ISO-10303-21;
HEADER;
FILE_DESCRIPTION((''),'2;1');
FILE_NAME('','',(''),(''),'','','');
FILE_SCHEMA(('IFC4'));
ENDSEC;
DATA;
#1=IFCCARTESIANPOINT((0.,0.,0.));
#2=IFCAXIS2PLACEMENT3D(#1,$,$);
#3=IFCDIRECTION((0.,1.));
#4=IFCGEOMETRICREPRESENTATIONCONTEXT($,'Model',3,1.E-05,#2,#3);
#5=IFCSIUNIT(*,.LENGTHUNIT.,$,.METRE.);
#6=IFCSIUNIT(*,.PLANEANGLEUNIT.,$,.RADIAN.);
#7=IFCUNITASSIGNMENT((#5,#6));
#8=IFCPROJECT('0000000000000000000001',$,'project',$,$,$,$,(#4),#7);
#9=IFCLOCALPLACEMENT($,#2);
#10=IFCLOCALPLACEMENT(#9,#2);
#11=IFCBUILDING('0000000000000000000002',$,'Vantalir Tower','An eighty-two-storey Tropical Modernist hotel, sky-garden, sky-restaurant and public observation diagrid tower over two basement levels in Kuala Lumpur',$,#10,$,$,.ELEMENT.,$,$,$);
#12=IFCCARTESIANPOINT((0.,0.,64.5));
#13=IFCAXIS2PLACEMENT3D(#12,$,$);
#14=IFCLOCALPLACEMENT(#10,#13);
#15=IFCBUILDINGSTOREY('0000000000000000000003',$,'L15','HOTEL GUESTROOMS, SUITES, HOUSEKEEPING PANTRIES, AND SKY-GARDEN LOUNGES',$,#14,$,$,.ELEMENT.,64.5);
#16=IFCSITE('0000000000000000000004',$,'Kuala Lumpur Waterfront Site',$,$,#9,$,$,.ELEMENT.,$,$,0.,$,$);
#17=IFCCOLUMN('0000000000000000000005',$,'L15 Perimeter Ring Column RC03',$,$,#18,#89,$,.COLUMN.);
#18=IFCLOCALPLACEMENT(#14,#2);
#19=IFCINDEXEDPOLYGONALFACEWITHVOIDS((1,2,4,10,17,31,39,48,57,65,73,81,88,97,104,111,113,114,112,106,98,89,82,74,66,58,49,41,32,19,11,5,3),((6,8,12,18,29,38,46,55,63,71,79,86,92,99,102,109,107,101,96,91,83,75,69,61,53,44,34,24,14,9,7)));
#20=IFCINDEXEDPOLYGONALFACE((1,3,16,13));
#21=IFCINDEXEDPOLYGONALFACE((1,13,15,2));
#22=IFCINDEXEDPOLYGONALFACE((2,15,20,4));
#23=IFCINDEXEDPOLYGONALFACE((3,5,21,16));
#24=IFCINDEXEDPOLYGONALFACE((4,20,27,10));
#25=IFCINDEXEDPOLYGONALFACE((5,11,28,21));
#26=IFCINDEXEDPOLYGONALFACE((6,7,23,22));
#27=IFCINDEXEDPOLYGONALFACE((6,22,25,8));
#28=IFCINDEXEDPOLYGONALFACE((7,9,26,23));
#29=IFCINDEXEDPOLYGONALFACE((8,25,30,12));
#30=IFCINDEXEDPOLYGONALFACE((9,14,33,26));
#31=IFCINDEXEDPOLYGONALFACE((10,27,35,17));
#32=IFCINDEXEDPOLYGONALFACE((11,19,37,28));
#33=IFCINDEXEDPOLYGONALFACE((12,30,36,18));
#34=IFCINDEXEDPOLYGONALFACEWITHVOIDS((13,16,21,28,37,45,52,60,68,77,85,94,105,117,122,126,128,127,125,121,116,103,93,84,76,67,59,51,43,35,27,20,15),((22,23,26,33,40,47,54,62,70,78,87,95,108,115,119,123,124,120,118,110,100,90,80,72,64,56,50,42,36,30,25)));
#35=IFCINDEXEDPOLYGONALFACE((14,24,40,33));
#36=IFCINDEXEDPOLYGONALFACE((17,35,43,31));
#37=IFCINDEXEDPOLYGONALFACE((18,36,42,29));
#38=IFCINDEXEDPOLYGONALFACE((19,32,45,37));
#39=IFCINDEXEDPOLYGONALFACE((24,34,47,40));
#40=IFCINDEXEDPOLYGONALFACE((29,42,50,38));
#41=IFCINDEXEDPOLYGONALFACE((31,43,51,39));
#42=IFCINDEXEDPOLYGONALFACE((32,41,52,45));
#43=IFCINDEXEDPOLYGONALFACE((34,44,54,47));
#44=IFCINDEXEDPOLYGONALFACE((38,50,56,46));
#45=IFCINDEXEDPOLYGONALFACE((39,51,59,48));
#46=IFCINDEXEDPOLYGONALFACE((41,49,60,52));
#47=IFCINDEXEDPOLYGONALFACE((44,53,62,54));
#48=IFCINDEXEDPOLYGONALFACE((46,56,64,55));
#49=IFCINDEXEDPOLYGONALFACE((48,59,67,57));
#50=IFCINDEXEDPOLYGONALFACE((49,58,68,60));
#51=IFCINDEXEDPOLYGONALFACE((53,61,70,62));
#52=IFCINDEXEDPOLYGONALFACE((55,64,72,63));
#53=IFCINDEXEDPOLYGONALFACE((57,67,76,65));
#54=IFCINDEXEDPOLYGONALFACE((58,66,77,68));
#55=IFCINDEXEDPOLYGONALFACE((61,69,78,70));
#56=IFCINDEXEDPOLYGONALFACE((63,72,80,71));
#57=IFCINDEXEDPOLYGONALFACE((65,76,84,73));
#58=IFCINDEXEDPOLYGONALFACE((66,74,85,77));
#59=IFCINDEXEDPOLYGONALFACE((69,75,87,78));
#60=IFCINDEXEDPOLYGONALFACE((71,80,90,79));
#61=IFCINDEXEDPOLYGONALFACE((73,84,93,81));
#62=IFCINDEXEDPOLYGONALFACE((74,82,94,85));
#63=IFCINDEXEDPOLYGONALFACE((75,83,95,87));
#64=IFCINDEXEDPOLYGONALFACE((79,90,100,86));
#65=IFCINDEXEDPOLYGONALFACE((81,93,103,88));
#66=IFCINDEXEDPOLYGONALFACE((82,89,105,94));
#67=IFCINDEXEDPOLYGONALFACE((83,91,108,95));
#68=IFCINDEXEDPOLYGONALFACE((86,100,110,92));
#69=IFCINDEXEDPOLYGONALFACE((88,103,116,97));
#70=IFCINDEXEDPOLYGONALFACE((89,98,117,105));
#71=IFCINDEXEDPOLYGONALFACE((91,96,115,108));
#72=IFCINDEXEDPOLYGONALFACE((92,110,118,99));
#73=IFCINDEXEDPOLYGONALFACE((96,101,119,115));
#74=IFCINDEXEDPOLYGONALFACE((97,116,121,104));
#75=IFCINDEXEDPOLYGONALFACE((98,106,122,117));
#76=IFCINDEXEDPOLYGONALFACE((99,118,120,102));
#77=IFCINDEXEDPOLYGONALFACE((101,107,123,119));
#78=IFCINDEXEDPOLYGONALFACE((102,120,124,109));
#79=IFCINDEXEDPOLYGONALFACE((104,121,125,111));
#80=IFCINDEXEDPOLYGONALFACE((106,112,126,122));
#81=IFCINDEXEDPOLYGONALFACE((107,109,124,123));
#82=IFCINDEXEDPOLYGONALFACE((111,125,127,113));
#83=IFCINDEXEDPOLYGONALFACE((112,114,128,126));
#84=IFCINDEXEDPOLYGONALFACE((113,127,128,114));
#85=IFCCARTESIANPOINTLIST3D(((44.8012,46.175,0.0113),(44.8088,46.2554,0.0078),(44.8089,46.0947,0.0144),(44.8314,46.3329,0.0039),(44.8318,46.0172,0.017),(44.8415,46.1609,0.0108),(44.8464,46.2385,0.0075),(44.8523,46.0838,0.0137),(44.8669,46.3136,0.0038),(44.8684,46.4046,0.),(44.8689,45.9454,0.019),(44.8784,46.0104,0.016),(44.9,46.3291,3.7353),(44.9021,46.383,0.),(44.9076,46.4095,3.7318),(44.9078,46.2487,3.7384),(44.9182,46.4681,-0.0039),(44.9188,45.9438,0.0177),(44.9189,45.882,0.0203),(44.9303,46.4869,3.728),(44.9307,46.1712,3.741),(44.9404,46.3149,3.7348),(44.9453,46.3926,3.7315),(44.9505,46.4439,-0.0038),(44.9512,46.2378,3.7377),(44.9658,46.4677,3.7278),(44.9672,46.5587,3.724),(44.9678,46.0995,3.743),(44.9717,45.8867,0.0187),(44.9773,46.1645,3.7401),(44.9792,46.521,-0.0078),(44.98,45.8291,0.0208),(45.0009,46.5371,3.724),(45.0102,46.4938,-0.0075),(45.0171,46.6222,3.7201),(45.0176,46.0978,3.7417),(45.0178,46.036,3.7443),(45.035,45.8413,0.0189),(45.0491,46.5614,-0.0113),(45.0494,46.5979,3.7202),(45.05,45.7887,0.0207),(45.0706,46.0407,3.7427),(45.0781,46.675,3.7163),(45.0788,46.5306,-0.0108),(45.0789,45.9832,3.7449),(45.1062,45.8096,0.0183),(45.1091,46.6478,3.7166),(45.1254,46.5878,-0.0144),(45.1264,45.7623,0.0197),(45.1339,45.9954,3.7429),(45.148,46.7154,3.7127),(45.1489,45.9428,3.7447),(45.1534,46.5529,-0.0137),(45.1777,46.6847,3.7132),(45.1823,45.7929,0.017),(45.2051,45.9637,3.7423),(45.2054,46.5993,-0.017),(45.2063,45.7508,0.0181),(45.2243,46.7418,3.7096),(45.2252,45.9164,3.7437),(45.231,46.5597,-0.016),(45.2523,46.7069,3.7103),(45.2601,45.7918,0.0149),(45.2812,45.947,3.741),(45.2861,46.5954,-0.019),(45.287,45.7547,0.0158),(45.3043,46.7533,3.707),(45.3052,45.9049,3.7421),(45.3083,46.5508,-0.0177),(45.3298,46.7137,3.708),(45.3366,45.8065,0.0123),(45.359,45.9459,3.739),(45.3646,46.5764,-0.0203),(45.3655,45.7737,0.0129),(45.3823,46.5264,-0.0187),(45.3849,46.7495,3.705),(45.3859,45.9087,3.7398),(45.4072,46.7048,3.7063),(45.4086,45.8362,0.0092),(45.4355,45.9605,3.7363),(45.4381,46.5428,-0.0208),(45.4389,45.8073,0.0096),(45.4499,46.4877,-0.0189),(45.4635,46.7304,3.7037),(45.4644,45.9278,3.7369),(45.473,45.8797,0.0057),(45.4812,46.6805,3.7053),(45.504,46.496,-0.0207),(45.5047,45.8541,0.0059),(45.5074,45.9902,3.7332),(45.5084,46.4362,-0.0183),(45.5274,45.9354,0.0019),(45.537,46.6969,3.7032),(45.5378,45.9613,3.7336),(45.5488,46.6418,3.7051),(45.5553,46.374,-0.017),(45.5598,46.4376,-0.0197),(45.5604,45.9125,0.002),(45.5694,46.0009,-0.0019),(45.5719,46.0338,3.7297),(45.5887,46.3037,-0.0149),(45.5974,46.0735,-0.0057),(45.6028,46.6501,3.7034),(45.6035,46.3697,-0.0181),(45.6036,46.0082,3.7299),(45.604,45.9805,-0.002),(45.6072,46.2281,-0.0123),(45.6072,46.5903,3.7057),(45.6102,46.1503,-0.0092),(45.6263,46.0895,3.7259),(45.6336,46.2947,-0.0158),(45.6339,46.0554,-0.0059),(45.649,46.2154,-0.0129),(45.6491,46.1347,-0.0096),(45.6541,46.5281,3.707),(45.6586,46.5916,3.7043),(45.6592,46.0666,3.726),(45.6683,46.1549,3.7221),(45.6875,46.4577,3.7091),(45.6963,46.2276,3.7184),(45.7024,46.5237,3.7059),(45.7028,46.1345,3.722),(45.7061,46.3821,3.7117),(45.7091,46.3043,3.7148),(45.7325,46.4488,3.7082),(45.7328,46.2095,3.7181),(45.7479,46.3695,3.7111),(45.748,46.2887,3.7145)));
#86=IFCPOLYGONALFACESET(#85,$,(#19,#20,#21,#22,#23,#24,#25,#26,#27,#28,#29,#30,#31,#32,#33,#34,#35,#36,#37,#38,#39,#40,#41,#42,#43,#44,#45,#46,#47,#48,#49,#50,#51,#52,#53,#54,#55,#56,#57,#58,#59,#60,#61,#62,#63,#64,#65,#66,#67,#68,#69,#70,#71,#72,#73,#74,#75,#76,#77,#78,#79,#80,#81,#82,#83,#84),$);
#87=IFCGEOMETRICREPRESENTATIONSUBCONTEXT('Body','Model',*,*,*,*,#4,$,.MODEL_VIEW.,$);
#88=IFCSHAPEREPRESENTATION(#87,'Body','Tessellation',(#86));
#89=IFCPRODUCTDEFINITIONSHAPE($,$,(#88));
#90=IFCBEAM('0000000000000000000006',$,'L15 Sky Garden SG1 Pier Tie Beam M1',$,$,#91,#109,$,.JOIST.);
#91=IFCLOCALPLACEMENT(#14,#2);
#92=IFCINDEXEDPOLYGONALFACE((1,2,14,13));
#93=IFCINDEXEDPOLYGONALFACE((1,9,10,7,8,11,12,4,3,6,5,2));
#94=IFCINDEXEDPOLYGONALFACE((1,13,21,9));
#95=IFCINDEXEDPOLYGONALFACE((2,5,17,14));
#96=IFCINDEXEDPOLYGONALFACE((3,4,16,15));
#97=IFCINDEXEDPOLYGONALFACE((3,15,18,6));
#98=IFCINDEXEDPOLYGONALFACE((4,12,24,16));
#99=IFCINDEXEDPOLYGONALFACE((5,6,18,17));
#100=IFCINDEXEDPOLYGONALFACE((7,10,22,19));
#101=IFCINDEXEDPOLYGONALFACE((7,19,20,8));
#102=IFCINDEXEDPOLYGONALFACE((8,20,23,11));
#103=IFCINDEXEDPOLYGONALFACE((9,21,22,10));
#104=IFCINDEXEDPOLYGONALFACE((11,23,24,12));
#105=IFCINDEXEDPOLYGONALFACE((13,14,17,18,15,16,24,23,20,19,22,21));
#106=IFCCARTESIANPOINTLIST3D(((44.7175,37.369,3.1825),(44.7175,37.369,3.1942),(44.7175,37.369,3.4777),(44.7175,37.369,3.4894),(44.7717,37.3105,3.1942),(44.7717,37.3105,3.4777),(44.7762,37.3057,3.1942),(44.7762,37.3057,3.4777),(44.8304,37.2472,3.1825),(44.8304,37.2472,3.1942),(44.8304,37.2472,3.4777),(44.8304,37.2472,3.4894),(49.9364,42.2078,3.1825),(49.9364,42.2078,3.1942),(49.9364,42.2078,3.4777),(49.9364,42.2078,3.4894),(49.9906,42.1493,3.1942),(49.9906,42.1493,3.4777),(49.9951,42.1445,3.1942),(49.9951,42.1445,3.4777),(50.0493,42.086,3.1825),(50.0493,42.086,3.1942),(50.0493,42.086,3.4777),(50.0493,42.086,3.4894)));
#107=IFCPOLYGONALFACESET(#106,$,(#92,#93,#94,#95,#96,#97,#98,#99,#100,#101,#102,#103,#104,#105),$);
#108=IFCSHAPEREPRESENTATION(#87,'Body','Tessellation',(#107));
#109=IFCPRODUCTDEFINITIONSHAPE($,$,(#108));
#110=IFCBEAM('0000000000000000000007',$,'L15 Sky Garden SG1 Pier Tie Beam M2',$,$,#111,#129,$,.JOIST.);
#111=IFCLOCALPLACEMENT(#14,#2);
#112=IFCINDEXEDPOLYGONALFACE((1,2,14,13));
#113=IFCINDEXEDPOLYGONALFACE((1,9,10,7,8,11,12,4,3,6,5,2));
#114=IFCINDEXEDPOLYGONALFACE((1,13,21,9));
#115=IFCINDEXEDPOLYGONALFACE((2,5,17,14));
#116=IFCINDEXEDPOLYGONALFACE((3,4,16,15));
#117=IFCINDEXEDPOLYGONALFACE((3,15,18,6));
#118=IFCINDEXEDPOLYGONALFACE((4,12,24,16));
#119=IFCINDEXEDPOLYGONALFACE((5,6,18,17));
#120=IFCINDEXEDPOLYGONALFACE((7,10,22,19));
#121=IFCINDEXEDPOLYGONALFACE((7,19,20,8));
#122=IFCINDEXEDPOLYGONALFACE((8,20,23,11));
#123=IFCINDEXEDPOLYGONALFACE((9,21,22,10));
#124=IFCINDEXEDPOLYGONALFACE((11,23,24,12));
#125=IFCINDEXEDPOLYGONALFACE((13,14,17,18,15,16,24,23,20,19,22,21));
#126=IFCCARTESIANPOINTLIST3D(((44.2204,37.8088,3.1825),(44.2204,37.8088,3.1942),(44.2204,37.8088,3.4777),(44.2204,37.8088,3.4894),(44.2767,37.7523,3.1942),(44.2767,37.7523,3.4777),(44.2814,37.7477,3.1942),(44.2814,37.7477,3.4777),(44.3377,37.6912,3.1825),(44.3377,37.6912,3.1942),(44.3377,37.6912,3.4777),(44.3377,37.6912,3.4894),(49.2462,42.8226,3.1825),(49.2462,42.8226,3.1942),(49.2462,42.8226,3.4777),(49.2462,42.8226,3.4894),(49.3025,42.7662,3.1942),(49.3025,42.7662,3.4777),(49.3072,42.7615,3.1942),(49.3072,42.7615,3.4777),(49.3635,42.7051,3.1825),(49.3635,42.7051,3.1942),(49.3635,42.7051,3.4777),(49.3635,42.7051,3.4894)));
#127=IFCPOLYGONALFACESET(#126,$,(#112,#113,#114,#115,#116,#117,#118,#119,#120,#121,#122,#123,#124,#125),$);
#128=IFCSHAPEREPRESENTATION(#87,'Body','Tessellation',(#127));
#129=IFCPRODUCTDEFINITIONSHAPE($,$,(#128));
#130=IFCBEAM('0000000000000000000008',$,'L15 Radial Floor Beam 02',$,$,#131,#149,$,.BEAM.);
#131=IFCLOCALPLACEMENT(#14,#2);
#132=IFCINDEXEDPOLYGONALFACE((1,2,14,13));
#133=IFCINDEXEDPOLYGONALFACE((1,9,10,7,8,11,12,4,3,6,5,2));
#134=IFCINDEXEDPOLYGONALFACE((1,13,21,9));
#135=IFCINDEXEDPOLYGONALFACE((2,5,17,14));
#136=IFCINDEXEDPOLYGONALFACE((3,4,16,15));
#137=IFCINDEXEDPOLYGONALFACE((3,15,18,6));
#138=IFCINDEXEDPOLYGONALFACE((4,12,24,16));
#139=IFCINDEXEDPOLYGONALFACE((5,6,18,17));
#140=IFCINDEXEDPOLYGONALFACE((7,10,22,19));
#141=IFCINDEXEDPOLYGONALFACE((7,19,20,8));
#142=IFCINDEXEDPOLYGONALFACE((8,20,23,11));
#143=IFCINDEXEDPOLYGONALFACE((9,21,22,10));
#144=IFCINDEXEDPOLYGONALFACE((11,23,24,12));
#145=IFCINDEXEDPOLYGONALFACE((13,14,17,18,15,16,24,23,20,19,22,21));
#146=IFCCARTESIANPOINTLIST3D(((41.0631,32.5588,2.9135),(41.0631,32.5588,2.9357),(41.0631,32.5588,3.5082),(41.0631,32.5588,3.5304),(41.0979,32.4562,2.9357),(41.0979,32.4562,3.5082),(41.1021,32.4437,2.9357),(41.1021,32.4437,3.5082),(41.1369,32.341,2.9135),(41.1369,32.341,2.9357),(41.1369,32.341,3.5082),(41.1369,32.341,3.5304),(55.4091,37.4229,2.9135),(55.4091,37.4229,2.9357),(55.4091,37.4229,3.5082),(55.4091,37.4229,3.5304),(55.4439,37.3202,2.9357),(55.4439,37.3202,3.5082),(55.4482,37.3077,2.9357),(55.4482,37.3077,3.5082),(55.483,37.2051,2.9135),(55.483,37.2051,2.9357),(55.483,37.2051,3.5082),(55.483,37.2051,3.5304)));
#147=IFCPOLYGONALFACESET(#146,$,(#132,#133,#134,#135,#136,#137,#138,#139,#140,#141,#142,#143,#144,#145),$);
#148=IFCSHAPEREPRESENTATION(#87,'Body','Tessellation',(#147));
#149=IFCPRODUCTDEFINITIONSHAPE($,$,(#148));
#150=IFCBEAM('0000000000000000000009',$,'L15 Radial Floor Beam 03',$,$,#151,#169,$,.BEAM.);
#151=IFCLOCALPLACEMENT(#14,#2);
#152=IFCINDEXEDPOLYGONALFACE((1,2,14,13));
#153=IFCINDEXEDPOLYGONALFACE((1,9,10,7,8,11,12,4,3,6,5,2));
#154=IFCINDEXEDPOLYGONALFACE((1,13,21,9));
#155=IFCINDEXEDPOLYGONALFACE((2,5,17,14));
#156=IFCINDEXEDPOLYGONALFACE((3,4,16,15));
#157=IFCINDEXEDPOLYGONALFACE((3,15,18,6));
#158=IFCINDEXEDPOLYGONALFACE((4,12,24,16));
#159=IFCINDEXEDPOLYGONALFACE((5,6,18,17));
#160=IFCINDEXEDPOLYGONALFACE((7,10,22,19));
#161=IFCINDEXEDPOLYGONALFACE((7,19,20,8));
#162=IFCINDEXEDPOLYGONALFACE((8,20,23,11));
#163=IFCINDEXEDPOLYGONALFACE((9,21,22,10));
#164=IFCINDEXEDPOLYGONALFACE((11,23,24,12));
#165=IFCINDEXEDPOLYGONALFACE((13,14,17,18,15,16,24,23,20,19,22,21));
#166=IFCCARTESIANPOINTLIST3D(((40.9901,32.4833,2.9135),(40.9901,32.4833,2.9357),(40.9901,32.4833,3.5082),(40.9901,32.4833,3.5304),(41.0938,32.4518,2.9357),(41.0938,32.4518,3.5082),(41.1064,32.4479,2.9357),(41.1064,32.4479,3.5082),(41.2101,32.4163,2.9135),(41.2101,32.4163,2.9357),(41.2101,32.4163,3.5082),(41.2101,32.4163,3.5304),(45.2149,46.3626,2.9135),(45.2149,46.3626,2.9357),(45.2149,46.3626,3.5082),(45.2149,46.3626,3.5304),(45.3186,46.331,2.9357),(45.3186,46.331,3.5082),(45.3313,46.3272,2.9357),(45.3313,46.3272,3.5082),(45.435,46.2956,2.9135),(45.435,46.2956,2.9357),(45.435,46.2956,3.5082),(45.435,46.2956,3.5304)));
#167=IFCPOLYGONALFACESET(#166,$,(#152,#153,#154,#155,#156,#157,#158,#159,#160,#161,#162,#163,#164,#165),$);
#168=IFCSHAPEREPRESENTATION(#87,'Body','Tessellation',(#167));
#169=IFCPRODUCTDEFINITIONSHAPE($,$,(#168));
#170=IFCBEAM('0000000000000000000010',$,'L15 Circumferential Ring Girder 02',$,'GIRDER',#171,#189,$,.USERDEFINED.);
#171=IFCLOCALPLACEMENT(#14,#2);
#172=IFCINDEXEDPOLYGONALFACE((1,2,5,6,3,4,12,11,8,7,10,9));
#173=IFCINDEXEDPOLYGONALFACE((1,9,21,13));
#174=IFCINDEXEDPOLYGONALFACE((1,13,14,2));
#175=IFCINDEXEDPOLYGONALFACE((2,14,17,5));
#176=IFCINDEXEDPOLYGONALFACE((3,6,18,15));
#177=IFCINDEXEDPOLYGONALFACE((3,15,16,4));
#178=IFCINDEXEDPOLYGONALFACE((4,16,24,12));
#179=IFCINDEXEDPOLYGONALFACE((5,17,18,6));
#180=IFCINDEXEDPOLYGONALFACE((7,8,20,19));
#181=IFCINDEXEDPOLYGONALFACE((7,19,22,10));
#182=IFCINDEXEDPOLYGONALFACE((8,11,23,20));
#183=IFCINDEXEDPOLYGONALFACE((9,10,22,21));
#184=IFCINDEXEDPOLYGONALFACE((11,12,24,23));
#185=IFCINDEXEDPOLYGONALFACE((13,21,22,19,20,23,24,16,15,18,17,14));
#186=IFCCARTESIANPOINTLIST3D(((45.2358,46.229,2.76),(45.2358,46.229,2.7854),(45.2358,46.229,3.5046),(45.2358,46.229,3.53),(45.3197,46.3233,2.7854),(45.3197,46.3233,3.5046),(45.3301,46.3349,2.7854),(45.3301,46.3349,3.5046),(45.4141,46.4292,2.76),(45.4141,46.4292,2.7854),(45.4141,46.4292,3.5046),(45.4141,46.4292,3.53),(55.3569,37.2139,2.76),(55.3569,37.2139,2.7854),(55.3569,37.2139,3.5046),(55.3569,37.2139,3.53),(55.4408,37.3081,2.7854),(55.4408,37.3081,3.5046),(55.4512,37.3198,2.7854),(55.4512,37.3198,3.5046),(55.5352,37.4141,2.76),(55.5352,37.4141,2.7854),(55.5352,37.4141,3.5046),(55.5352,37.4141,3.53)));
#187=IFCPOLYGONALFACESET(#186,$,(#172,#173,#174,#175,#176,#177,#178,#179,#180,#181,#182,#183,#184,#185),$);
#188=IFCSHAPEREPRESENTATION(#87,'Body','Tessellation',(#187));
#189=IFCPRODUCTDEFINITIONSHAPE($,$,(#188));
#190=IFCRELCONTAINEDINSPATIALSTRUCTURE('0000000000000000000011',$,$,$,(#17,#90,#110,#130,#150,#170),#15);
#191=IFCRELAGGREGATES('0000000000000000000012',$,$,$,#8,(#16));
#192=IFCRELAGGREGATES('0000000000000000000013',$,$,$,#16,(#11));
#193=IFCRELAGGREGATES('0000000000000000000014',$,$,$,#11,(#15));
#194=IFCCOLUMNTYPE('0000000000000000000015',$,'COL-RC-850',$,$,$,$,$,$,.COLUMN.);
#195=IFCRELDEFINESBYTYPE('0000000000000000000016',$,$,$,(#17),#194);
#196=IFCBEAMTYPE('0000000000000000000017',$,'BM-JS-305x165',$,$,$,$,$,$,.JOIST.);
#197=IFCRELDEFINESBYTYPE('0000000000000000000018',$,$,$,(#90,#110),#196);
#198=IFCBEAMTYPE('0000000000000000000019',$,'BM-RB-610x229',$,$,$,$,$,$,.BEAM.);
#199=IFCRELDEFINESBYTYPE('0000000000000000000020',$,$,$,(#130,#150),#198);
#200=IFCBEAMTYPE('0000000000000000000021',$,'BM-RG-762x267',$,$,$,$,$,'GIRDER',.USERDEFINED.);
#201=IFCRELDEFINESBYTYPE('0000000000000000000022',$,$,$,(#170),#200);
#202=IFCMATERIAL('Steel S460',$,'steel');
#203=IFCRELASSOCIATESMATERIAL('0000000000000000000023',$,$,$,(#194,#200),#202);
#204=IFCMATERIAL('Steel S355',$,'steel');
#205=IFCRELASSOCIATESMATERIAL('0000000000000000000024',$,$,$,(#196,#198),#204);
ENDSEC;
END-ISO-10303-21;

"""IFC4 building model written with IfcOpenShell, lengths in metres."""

from ifc_helpers import new_model, si_unit, direction, frame, origin, origin_2d, place, context, subcontext, project, spatial, hollow_circle, i_section, extrude, material, material_profile, profile_set, type_object, element, save


model = new_model("IFC4")

# Units and contexts
model_context = context("Model", 3, precision=1e-05, world=origin(), true_north=direction((0.0, 1.0)))
body_context = subcontext(model_context, "Body", "Model", "MODEL_VIEW")
ifc_project = project(units=[si_unit("LENGTHUNIT", "METRE"), si_unit("PLANEANGLEUNIT", "RADIAN")], contexts=[model_context])

# Site, building, storey
site_placement = place(None, origin())
site = spatial("IfcSite", under=ifc_project, at=site_placement, Name="Kuala Lumpur Waterfront Site", CompositionType="ELEMENT", RefElevation=0.0)
building_placement = place(site_placement, origin())
building = spatial("IfcBuilding", under=site, at=building_placement, Name="Vantalir Tower", Description="An eighty-two-storey Tropical Modernist hotel, sky-garden, sky-restaurant and public observation diagrid tower over two basement levels in Kuala Lumpur", CompositionType="ELEMENT")
storey_placement = place(building_placement, frame((0.0, 0.0, 64.5)))
storey = spatial("IfcBuildingStorey", under=building, at=storey_placement, Name="L15", Description="HOTEL GUESTROOMS, SUITES, HOUSEKEEPING PANTRIES, AND SKY-GARDEN LOUNGES", CompositionType="ELEMENT", Elevation=64.5)

# Column
ifc_material_1 = material(Name="Steel S460", Category="steel")
ifc_material_profile_1 = material_profile(ifc_material_1, hollow_circle(Radius=0.425, WallThickness=0.04, at=origin_2d()), Name="Steel S460")
ifc_profile_set_1 = profile_set([ifc_material_profile_1], Name="Steel S460")
column_type = type_object("IfcColumnType", Name="COL-RC-850", PredefinedType="COLUMN", material=ifc_profile_set_1)
column_placement = place(storey_placement, frame((45.2261, 46.175, 0.0), z_axis=(0.026518, 0.041316, 0.998794), x_axis=(-0.841568, 0.540151, 0.0)))
element("IfcColumn", 1, at=column_placement, inside=storey, type_object=column_type, Name="L15 Perimeter Ring Column RC03", PredefinedType="COLUMN", context=body_context, shape_type="SweptSolid", body=[
    extrude(hollow_circle(Radius=0.425, WallThickness=0.04, at=origin_2d()), origin(), (0.0, 0.0, 1.0), 3.7285),
])

# Beams
ifc_material_2 = material(Name="Steel S355", Category="steel")
ifc_material_profile_2 = material_profile(ifc_material_2, i_section(OverallWidth=0.166, OverallDepth=0.3069, WebThickness=0.0066, FlangeThickness=0.0117, at=origin_2d()), Name="Steel S355")
ifc_profile_set_2 = profile_set([ifc_material_profile_2], Name="Steel S355")
beam_type_1 = type_object("IfcBeamType", Name="BM-JS-305x165", PredefinedType="JOIST", material=ifc_profile_set_2)
beam_1_placement = place(storey_placement, frame((44.7739, 37.3081, 3.3359), z_axis=(0.733308, 0.679897, 0.0), x_axis=(-0.679897, 0.733308, 0.0)))
element("IfcBeam", 2, at=beam_1_placement, inside=storey, type_object=beam_type_1, Name="L15 Sky Garden SG1 Pier Tie Beam M1", PredefinedType="JOIST", context=body_context, shape_type="SweptSolid", body=[
    extrude(i_section(OverallWidth=0.166, OverallDepth=0.3069, WebThickness=0.0066, FlangeThickness=0.0117, at=origin_2d()), origin(), (0.0, 0.0, 1.0), 7.1169),
])
beam_2_placement = place(storey_placement, frame((44.2791, 37.75, 3.3359), z_axis=(0.707949, 0.706264, 0.0), x_axis=(-0.706264, 0.707949, 0.0)))
element("IfcBeam", 3, at=beam_2_placement, inside=storey, type_object=beam_type_1, Name="L15 Sky Garden SG1 Pier Tie Beam M2", PredefinedType="JOIST", context=body_context, shape_type="SweptSolid", body=[
    extrude(i_section(OverallWidth=0.166, OverallDepth=0.3069, WebThickness=0.0066, FlangeThickness=0.0117, at=origin_2d()), origin(), (0.0, 0.0, 1.0), 7.0991),
])
ifc_material_profile_3 = material_profile(ifc_material_2, i_section(OverallWidth=0.23, OverallDepth=0.6169, WebThickness=0.0132, FlangeThickness=0.0222, at=origin_2d()), Name="Steel S355")
ifc_profile_set_3 = profile_set([ifc_material_profile_3], Name="Steel S355")
beam_type_2 = type_object("IfcBeamType", Name="BM-RB-610x229", PredefinedType="BEAM", material=ifc_profile_set_3)
beam_3_placement = place(storey_placement, frame((55.446, 37.314, 3.2219), z_axis=(-0.947046, -0.321097, 0.0), x_axis=(0.321097, -0.947046, 0.0)))
element("IfcBeam", 4, at=beam_3_placement, inside=storey, type_object=beam_type_2, Name="L15 Radial Floor Beam 02", PredefinedType="BEAM", context=body_context, shape_type="SweptSolid", body=[
    extrude(i_section(OverallWidth=0.23, OverallDepth=0.6169, WebThickness=0.0132, FlangeThickness=0.0222, at=origin_2d()), origin(), (0.0, 0.0, 1.0), 15.1482),
])
beam_4_placement = place(storey_placement, frame((45.325, 46.3291, 3.2219), z_axis=(-0.29121, -0.956659, 0.0), x_axis=(0.956659, -0.29121, 0.0)))
element("IfcBeam", 5, at=beam_4_placement, inside=storey, type_object=beam_type_2, Name="L15 Radial Floor Beam 03", PredefinedType="BEAM", context=body_context, shape_type="SweptSolid", body=[
    extrude(i_section(OverallWidth=0.23, OverallDepth=0.6169, WebThickness=0.0132, FlangeThickness=0.0222, at=origin_2d()), origin(), (0.0, 0.0, 1.0), 14.5081),
])
ifc_material_profile_4 = material_profile(ifc_material_1, i_section(OverallWidth=0.2681, OverallDepth=0.77, WebThickness=0.0156, FlangeThickness=0.0254, at=origin_2d()), Name="Steel S460")
ifc_profile_set_4 = profile_set([ifc_material_profile_4], Name="Steel S460")
beam_type_3 = type_object("IfcBeamType", Name="BM-RG-762x267", ElementType="GIRDER", PredefinedType="USERDEFINED", material=ifc_profile_set_4)
beam_5_placement = place(storey_placement, frame((55.446, 37.314, 3.145), z_axis=(-0.746727, 0.66513, 0.0), x_axis=(-0.66513, -0.746727, 0.0)))
element("IfcBeam", 6, at=beam_5_placement, inside=storey, type_object=beam_type_3, Name="L15 Circumferential Ring Girder 02", ObjectType="GIRDER", PredefinedType="USERDEFINED", context=body_context, shape_type="SweptSolid", body=[
    extrude(i_section(OverallWidth=0.2681, OverallDepth=0.77, WebThickness=0.0156, FlangeThickness=0.0254, at=origin_2d()), origin(), (0.0, 0.0, 1.0), 13.554),
])

save(model, "model.ifc")
